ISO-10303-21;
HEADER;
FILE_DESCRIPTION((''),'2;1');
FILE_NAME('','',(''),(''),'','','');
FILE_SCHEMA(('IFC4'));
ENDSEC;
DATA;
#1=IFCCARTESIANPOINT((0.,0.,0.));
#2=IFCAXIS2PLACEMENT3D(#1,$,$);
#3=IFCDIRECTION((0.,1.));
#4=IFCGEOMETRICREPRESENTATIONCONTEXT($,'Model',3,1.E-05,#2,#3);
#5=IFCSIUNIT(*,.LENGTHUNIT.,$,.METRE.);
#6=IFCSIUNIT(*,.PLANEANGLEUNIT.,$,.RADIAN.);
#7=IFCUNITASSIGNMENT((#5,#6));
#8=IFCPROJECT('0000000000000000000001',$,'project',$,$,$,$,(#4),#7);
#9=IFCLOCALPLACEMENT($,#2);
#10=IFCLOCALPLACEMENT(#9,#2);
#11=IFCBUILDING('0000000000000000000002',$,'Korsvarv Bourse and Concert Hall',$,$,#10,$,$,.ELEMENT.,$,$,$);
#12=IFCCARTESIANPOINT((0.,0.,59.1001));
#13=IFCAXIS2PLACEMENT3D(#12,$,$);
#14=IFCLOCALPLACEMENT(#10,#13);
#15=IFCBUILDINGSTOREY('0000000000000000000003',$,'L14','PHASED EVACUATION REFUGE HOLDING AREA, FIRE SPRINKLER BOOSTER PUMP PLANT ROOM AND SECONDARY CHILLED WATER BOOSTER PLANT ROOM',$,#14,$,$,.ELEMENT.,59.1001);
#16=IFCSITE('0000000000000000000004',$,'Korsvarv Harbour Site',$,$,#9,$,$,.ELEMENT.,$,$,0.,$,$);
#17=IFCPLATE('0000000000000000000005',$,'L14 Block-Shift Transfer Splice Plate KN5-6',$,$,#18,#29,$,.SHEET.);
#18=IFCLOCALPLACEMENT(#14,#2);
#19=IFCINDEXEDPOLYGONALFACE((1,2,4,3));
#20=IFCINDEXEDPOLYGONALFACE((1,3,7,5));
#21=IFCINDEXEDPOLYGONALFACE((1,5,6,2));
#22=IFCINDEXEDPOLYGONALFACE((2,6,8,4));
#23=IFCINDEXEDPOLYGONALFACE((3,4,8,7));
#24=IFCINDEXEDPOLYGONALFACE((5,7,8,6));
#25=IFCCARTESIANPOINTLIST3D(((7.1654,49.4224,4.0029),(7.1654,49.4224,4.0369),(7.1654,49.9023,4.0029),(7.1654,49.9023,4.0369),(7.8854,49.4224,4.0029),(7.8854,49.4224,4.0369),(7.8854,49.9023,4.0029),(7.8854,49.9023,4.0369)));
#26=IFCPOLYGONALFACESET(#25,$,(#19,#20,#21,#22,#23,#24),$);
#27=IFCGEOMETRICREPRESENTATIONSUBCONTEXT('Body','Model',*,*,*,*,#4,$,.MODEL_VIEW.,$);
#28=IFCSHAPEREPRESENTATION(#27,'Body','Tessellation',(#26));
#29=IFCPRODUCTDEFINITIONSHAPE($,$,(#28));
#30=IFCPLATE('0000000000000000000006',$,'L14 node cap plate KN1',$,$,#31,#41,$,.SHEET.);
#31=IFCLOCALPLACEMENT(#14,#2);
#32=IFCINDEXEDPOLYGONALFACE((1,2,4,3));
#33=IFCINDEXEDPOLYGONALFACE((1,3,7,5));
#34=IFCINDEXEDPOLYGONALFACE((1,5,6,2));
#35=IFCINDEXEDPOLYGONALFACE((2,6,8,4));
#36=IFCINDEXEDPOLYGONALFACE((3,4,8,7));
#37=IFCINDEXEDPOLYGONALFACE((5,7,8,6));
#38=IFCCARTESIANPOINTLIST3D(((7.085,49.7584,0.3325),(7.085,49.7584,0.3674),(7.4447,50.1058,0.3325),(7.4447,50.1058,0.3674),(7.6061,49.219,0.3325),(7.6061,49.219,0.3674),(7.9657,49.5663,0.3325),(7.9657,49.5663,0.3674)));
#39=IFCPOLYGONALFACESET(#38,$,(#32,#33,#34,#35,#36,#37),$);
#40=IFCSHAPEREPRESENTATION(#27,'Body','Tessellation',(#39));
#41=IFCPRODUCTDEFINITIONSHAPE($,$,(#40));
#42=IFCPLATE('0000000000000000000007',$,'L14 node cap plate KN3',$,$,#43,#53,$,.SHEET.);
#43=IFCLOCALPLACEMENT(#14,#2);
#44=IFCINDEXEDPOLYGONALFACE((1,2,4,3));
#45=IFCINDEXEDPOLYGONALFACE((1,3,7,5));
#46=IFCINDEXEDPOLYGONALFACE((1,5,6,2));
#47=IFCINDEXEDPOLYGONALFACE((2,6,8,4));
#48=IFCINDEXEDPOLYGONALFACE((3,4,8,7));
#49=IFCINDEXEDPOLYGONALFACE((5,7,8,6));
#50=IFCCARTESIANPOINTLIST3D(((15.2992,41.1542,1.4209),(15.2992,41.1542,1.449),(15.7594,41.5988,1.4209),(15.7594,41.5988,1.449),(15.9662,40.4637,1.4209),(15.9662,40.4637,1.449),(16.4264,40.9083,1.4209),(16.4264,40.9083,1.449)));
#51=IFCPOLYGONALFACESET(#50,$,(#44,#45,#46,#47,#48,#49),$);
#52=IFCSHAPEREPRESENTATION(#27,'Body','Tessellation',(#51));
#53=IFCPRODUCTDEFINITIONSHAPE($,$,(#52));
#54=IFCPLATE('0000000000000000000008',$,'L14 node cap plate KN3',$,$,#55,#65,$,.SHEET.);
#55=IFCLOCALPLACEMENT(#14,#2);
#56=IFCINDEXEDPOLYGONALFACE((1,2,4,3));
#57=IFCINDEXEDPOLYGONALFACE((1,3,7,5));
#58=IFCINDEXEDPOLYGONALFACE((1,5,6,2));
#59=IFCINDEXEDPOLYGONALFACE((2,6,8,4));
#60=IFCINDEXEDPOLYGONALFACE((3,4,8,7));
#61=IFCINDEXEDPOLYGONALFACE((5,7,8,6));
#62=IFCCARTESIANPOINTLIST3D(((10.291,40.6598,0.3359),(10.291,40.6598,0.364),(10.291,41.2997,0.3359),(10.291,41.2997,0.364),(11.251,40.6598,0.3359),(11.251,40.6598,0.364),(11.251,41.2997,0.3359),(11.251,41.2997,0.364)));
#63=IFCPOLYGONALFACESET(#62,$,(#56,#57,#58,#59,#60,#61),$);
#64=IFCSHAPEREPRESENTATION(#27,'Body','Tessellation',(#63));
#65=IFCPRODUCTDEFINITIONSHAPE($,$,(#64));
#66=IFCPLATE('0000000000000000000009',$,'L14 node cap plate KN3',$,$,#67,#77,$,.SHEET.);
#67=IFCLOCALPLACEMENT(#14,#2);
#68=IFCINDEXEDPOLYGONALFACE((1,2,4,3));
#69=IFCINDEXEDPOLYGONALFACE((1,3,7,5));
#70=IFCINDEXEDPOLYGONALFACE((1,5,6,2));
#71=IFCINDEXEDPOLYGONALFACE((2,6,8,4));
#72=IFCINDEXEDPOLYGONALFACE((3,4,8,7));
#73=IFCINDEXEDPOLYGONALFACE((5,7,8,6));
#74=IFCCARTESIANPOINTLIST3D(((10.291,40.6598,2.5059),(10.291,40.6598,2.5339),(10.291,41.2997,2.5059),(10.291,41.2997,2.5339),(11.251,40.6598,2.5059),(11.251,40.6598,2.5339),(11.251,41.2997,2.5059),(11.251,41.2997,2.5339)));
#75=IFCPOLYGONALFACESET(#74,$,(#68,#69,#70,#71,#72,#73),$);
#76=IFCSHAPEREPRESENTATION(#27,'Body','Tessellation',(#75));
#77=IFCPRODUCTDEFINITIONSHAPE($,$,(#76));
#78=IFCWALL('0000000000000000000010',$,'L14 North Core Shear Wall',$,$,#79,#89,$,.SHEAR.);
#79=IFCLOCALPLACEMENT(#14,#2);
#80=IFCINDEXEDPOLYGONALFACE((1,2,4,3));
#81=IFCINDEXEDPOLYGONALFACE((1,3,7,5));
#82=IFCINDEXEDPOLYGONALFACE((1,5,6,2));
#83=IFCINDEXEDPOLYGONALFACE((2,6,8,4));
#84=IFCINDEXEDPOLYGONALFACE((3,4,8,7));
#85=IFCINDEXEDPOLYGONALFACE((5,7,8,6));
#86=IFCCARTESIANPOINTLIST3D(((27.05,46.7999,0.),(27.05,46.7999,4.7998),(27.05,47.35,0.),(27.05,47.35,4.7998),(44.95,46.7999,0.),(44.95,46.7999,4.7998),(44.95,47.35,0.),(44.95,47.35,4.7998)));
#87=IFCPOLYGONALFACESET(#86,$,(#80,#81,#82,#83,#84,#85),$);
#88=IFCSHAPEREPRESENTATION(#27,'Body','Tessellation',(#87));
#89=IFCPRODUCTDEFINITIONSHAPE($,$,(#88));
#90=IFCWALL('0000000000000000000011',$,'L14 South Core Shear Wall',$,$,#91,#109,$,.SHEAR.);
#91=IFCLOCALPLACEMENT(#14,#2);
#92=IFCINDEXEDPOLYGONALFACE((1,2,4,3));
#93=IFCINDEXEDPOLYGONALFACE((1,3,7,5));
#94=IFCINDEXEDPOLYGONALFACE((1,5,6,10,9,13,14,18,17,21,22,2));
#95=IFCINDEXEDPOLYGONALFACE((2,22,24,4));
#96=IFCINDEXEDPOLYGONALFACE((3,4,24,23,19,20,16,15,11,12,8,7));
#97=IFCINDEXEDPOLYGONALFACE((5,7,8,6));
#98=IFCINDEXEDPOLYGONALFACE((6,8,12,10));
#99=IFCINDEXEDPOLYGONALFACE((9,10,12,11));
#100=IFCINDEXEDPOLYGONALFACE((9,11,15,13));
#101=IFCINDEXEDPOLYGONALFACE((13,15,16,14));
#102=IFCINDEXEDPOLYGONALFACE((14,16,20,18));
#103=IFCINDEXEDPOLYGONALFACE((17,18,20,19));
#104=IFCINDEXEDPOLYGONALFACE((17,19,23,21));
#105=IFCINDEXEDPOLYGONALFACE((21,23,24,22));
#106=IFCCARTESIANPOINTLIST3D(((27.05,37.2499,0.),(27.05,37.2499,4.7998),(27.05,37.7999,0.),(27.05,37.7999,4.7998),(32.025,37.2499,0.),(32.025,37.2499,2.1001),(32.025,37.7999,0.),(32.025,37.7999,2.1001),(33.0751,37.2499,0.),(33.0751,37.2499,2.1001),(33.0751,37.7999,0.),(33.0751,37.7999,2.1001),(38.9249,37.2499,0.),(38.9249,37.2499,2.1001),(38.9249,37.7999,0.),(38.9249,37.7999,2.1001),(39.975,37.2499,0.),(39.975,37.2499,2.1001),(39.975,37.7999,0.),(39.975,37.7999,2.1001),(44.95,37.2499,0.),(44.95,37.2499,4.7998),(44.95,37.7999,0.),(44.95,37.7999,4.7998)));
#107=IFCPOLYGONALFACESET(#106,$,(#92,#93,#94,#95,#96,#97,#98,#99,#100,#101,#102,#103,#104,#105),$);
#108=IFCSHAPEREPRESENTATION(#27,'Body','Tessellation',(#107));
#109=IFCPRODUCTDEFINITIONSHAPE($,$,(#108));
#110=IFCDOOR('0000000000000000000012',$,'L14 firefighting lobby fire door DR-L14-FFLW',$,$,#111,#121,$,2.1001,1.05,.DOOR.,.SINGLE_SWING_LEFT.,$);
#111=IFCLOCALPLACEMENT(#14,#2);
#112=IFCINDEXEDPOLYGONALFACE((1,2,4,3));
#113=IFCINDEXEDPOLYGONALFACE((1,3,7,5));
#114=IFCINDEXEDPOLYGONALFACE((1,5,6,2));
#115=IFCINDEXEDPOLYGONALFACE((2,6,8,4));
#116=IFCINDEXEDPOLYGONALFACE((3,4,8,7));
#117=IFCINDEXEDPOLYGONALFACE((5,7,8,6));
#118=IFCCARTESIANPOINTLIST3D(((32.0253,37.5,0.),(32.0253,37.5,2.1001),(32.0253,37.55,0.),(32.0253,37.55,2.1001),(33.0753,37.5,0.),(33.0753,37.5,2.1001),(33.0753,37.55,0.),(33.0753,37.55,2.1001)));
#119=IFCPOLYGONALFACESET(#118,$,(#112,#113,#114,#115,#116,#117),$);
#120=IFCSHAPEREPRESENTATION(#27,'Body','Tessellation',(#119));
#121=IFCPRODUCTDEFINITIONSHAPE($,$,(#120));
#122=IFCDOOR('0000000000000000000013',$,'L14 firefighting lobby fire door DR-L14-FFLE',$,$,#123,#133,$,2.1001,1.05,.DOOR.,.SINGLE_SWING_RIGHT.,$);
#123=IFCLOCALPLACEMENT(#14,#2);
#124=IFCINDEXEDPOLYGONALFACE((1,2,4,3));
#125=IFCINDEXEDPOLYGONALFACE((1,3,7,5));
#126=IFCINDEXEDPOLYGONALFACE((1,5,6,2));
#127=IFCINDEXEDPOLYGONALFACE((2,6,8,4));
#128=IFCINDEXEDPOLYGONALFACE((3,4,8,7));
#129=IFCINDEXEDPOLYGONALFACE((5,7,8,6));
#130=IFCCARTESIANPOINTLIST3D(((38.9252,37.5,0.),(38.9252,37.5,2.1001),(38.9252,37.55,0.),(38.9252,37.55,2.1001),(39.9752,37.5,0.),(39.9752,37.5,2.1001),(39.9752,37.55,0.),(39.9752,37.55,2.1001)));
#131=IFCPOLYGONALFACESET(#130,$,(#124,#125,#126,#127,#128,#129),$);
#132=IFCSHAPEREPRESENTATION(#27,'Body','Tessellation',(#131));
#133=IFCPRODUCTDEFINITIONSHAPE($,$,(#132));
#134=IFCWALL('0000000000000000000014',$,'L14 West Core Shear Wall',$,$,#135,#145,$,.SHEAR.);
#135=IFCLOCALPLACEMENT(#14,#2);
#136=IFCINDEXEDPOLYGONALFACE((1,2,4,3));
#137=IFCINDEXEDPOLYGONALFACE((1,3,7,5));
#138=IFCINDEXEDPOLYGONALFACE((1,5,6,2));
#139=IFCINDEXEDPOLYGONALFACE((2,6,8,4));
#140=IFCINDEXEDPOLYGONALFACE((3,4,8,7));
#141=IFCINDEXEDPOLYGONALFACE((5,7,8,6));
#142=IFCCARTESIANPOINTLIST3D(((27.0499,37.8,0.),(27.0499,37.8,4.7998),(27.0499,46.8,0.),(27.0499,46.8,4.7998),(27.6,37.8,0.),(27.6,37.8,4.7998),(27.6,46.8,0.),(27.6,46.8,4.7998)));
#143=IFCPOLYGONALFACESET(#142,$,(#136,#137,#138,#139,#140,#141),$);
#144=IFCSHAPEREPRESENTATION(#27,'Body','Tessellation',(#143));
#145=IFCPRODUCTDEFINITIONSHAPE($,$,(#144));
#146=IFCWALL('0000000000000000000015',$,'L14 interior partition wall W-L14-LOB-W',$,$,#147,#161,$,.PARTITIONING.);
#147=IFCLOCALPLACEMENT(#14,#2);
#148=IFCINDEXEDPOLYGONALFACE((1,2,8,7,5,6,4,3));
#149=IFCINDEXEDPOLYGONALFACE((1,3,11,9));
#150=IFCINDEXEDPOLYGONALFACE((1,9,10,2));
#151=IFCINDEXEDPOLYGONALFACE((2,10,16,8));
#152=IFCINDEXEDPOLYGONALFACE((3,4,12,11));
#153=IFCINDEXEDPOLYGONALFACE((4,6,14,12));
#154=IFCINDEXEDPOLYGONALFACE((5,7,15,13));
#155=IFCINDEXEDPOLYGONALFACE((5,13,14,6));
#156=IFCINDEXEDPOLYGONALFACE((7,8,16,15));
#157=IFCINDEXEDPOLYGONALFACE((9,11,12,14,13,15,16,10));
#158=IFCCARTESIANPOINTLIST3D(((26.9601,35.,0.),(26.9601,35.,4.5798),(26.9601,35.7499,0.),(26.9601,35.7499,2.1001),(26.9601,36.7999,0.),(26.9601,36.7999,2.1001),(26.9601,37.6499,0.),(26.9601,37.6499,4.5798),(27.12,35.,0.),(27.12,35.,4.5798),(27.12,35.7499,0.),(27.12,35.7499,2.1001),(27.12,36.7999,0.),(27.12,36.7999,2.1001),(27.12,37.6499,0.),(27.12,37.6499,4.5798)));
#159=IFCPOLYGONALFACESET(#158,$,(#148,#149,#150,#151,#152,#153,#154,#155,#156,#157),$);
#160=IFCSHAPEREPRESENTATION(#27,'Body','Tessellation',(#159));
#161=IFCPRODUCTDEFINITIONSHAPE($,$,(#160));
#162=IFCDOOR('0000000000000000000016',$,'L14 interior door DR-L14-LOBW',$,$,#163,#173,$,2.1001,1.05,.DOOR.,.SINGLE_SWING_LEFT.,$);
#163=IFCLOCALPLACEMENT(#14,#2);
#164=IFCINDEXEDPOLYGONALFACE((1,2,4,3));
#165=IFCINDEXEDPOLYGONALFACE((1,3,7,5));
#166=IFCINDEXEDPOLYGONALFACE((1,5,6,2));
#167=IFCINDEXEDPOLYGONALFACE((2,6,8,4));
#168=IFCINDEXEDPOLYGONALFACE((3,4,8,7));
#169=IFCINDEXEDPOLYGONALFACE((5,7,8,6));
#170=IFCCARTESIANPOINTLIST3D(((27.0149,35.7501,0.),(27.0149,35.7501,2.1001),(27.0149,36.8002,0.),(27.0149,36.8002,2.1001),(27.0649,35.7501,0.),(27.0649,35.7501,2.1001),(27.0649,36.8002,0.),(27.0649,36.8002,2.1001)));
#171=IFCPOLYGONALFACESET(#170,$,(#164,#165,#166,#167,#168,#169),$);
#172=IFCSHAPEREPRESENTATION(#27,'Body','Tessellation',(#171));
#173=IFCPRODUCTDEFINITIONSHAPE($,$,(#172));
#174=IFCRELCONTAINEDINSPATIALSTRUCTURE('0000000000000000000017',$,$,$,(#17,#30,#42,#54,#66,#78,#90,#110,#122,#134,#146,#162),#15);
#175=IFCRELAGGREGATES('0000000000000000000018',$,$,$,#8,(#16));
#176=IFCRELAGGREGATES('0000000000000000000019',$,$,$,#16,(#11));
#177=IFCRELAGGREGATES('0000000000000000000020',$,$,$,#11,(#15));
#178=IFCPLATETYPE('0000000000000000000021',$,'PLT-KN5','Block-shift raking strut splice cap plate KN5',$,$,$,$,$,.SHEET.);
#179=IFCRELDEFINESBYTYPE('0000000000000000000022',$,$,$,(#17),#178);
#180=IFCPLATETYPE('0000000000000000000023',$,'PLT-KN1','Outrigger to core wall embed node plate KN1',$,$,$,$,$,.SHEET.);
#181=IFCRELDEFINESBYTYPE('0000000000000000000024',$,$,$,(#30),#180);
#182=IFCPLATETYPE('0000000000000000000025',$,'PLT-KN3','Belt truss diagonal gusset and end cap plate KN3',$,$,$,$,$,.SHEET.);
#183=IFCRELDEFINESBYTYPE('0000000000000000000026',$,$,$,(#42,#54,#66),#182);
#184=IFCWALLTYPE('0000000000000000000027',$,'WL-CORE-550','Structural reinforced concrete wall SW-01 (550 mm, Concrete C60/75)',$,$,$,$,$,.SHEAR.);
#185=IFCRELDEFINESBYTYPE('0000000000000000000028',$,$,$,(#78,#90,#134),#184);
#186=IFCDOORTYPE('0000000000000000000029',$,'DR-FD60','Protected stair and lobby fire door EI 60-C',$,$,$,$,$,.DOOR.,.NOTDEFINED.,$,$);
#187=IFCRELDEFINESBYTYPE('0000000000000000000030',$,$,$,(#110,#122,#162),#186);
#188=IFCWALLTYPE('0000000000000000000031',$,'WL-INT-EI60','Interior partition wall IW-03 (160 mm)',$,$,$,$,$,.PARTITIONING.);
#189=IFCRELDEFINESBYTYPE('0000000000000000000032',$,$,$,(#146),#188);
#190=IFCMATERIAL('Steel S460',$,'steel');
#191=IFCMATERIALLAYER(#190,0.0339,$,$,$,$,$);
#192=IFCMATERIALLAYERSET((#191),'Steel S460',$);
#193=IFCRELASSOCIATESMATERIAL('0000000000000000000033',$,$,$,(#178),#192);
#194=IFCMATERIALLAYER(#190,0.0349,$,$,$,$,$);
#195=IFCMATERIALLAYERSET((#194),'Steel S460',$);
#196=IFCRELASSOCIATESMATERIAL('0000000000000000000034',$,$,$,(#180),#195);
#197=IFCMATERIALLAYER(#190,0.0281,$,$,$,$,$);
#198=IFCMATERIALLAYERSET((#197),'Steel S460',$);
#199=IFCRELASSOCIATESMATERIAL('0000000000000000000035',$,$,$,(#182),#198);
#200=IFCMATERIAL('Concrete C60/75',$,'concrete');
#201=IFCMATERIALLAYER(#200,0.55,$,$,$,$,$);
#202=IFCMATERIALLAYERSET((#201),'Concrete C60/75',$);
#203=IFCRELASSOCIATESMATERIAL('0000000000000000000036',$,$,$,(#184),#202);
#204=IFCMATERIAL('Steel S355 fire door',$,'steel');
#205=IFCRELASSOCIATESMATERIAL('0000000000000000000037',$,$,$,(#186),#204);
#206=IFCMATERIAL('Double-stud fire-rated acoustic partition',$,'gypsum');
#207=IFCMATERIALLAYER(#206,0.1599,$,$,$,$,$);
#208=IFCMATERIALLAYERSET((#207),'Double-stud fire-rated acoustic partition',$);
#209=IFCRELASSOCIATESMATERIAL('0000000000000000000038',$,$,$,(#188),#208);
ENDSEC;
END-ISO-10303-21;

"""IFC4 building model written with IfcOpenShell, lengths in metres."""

from ifc_helpers import new_model, si_unit, direction, frame, frame_2d, origin, origin_2d, place, context, subcontext, project, spatial, rectangle, extrude, source, transform, mapped, material, layer, layer_set, type_object, element, fill, save


model = new_model("IFC4")

# Units and contexts
model_context = context("Model", 3, precision=1e-05, world=origin(), true_north=direction((0.0, 1.0)))
body_context = subcontext(model_context, "Body", "Model", "MODEL_VIEW")
ifc_project = project(units=[si_unit("LENGTHUNIT", "METRE"), si_unit("PLANEANGLEUNIT", "RADIAN")], contexts=[model_context])

# Site, building, storey
site_placement = place(None, origin())
site = spatial("IfcSite", under=ifc_project, at=site_placement, Name="Korsvarv Harbour Site", CompositionType="ELEMENT", RefElevation=0.0)
building_placement = place(site_placement, origin())
building = spatial("IfcBuilding", under=site, at=building_placement, Name="Korsvarv Bourse and Concert Hall", CompositionType="ELEMENT")
storey_placement = place(building_placement, frame((0.0, 0.0, 59.1001)))
storey = spatial("IfcBuildingStorey", under=building, at=storey_placement, Name="L14", Description="PHASED EVACUATION REFUGE HOLDING AREA, FIRE SPRINKLER BOOSTER PUMP PLANT ROOM AND SECONDARY CHILLED WATER BOOSTER PLANT ROOM", CompositionType="ELEMENT", Elevation=59.1001)

# Shared definitions
ifc_material_1 = material(Name="Concrete C60/75", Category="concrete")
ifc_material_2 = material(Name="Steel S460", Category="steel")

# Plates
ifc_layer_1 = layer(ifc_material_2, 0.0339)
ifc_layer_set_1 = layer_set([ifc_layer_1], Name="Steel S460")
plate_type_1 = type_object("IfcPlateType", Name="PLT-KN5", Description="Block-shift raking strut splice cap plate KN5", PredefinedType="SHEET", material=ifc_layer_set_1)
shared_shape_1 = source(origin(), body_context, "Body", "SweptSolid", [
    extrude(rectangle(XDim=0.72, YDim=0.48, at=origin_2d()), origin(), (0.0, 0.0, 1.0), 0.0339),
])
plate_1_placement = place(storey_placement, frame((7.5254, 49.6624, 4.0029), z_axis=(0.0, 0.0, 1.0), x_axis=(1.0, 0.0, 0.0)))
element("IfcPlate", 1, at=plate_1_placement, inside=storey, type_object=plate_type_1, Name="L14 Block-Shift Transfer Splice Plate KN5-6", PredefinedType="SHEET", context=body_context, shape_type="MappedRepresentation", body=[
    mapped(shared_shape_1, transform((0.0, 0.0, 0.0), scale=1.0)),
])
ifc_layer_2 = layer(ifc_material_2, 0.0349)
ifc_layer_set_2 = layer_set([ifc_layer_2], Name="Steel S460")
plate_type_2 = type_object("IfcPlateType", Name="PLT-KN1", Description="Outrigger to core wall embed node plate KN1", PredefinedType="SHEET", material=ifc_layer_set_2)
shared_shape_2 = source(origin(), body_context, "Body", "SweptSolid", [
    extrude(rectangle(XDim=0.75, YDim=0.5, at=origin_2d()), origin(), (0.0, 0.0, 1.0), 0.0349),
])
plate_2_placement = place(storey_placement, frame((7.5254, 49.6624, 0.3325), z_axis=(0.0, 0.0, 1.0), x_axis=(-0.694784, 0.719219, 0.0)))
element("IfcPlate", 2, at=plate_2_placement, inside=storey, type_object=plate_type_2, Name="L14 node cap plate KN1", PredefinedType="SHEET", context=body_context, shape_type="MappedRepresentation", body=[
    mapped(shared_shape_2, transform((0.0, 0.0, 0.0), scale=1.0)),
])
ifc_layer_3 = layer(ifc_material_2, 0.0281)
ifc_layer_set_3 = layer_set([ifc_layer_3], Name="Steel S460")
plate_type_3 = type_object("IfcPlateType", Name="PLT-KN3", Description="Belt truss diagonal gusset and end cap plate KN3", PredefinedType="SHEET", material=ifc_layer_set_3)
shared_shape_3 = source(origin(), body_context, "Body", "SweptSolid", [
    extrude(rectangle(XDim=0.96, YDim=0.6399, at=origin_2d()), origin(), (0.0, 0.0, 1.0), 0.0281),
])
for number, where, z_axis, x_axis, name in (
    (3, (15.8628, 41.0312, 1.4209), (0.0, 0.0, 1.0), (-0.694784, 0.719219, 0.0), "L14 node cap plate KN3"),
    (4, (10.771, 40.9797, 0.3359), (0.0, 0.0, 1.0), (1.0, 0.0, 0.0), "L14 node cap plate KN3"),
    (5, (10.771, 40.9797, 2.5059), (0.0, 0.0, 1.0), (1.0, 0.0, 0.0), "L14 node cap plate KN3"),
):
    element("IfcPlate", number, at=place(storey_placement, frame(where, z_axis=z_axis, x_axis=x_axis)), inside=storey, type_object=plate_type_3, Name=name, PredefinedType="SHEET", context=body_context, shape_type="MappedRepresentation", body=[
        mapped(shared_shape_3, transform((0.0, 0.0, 0.0), scale=1.0)),
    ])

# Wall
ifc_layer_4 = layer(ifc_material_1, 0.55)
ifc_layer_set_4 = layer_set([ifc_layer_4], Name="Concrete C60/75")
wall_type_1 = type_object("IfcWallType", Name="WL-CORE-550", Description="Structural reinforced concrete wall SW-01 (550 mm, Concrete C60/75)", PredefinedType="SHEAR", material=ifc_layer_set_4)
wall_1_placement = place(storey_placement, frame((27.05, 47.075, 0.0), z_axis=(0.0, 0.0, 1.0), x_axis=(1.0, 0.0, 0.0)))
element("IfcWall", 6, at=wall_1_placement, inside=storey, type_object=wall_type_1, Name="L14 North Core Shear Wall", PredefinedType="SHEAR", context=body_context, shape_type="SweptSolid", body=[
    extrude(rectangle(XDim=17.8999, YDim=0.55, at=frame_2d((8.95, 0.0))), origin(), (0.0, 0.0, 1.0), 4.7998),
])

# Wall, openings, doors
wall_2_placement = place(storey_placement, frame((27.05, 37.5249, 0.0), z_axis=(0.0, 0.0, 1.0), x_axis=(1.0, 0.0, 0.0)))
wall_2 = element("IfcWall", 7, at=wall_2_placement, inside=storey, type_object=wall_type_1, Name="L14 South Core Shear Wall", PredefinedType="SHEAR", context=body_context, shape_type="SweptSolid", body=[
    extrude(rectangle(XDim=17.8999, YDim=0.55, at=frame_2d((8.95, 0.0))), origin(), (0.0, 0.0, 1.0), 4.7998),
])
opening_1_placement = place(wall_2_placement, frame((4.9751, 0.0, 0.0)))
opening_1 = element("IfcOpeningElement", 8, at=opening_1_placement, cuts=wall_2, PredefinedType="OPENING", context=body_context, shape_type="SweptSolid", body=[
    extrude(rectangle(XDim=1.05, YDim=2.1001, at=frame_2d((0.5249, 1.05))), frame((0.0, 0.2852, 0.0), z_axis=(0.0, -1.0, 0.0), x_axis=(1.0, 0.0, 0.0)), (0.0, 0.0, 1.0), 0.5701),
])
opening_2_placement = place(wall_2_placement, frame((11.875, 0.0, 0.0)))
opening_2 = element("IfcOpeningElement", 9, at=opening_2_placement, cuts=wall_2, PredefinedType="OPENING", context=body_context, shape_type="SweptSolid", body=[
    extrude(rectangle(XDim=1.05, YDim=2.1001, at=frame_2d((0.5249, 1.05))), frame((0.0, 0.2852, 0.0), z_axis=(0.0, -1.0, 0.0), x_axis=(1.0, 0.0, 0.0)), (0.0, 0.0, 1.0), 0.5701),
])
ifc_material_3 = material(Name="Steel S355 fire door", Category="steel")
door_type_1 = type_object("IfcDoorType", Name="DR-FD60", Description="Protected stair and lobby fire door EI 60-C", OperationType="NOTDEFINED", PredefinedType="DOOR", material=ifc_material_3)
door_1_placement = place(opening_1_placement, frame((1.05, 0.0, 0.0), z_axis=(0.0, 0.0, 1.0), x_axis=(-1.0, 0.0, 0.0)))
door_1 = element("IfcDoor", 10, at=door_1_placement, inside=storey, type_object=door_type_1, Name="L14 firefighting lobby fire door DR-L14-FFLW", OperationType="SINGLE_SWING_LEFT", OverallHeight=2.1001, OverallWidth=1.05, PredefinedType="DOOR", context=body_context, shape_type="SweptSolid", body=[
    extrude(rectangle(XDim=1.05, YDim=2.1001, at=frame_2d((0.5249, 1.05))), frame((0.0, 0.0249, 0.0), z_axis=(0.0, -1.0, 0.0), x_axis=(1.0, 0.0, 0.0)), (0.0, 0.0, 1.0), 0.05),
])
fill(opening_1, door_1)
door_2_placement = place(opening_2_placement, frame((1.05, 0.0, 0.0), z_axis=(0.0, 0.0, 1.0), x_axis=(-1.0, 0.0, 0.0)))
door_2 = element("IfcDoor", 11, at=door_2_placement, inside=storey, type_object=door_type_1, Name="L14 firefighting lobby fire door DR-L14-FFLE", OperationType="SINGLE_SWING_RIGHT", OverallHeight=2.1001, OverallWidth=1.05, PredefinedType="DOOR", context=body_context, shape_type="SweptSolid", body=[
    extrude(rectangle(XDim=1.05, YDim=2.1001, at=frame_2d((0.5249, 1.05))), frame((0.0, 0.0249, 0.0), z_axis=(0.0, -1.0, 0.0), x_axis=(1.0, 0.0, 0.0)), (0.0, 0.0, 1.0), 0.05),
])
fill(opening_2, door_2)

# Wall
wall_3_placement = place(storey_placement, frame((27.325, 37.8, 0.0), z_axis=(0.0, 0.0, 1.0), x_axis=(0.0, 1.0, 0.0)))
element("IfcWall", 12, at=wall_3_placement, inside=storey, type_object=wall_type_1, Name="L14 West Core Shear Wall", PredefinedType="SHEAR", context=body_context, shape_type="SweptSolid", body=[
    extrude(rectangle(XDim=9.0, YDim=0.55, at=frame_2d((4.5, 0.0))), origin(), (0.0, 0.0, 1.0), 4.7998),
])

# Wall, opening, door
ifc_material_4 = material(Name="Double-stud fire-rated acoustic partition", Category="gypsum")
ifc_layer_5 = layer(ifc_material_4, 0.1599)
ifc_layer_set_5 = layer_set([ifc_layer_5], Name="Double-stud fire-rated acoustic partition")
wall_type_2 = type_object("IfcWallType", Name="WL-INT-EI60", Description="Interior partition wall IW-03 (160 mm)", PredefinedType="PARTITIONING", material=ifc_layer_set_5)
wall_4_placement = place(storey_placement, frame((27.04, 35.0, 0.0), z_axis=(0.0, 0.0, 1.0), x_axis=(0.0, 1.0, 0.0)))
wall_4 = element("IfcWall", 13, at=wall_4_placement, inside=storey, type_object=wall_type_2, Name="L14 interior partition wall W-L14-LOB-W", PredefinedType="PARTITIONING", context=body_context, shape_type="SweptSolid", body=[
    extrude(rectangle(XDim=2.6499, YDim=0.1599, at=frame_2d((1.325, 0.0))), origin(), (0.0, 0.0, 1.0), 4.5798),
])
opening_3_placement = place(wall_4_placement, frame((0.75, 0.0, 0.0)))
opening_3 = element("IfcOpeningElement", 14, at=opening_3_placement, cuts=wall_4, PredefinedType="OPENING", context=body_context, shape_type="SweptSolid", body=[
    extrude(rectangle(XDim=1.05, YDim=2.1001, at=frame_2d((0.5249, 1.05))), frame((0.0, 0.0898, 0.0), z_axis=(0.0, -1.0, 0.0), x_axis=(1.0, 0.0, 0.0)), (0.0, 0.0, 1.0), 0.1799),
])
door_3_placement = place(opening_3_placement, frame((1.05, 0.0, 0.0), z_axis=(0.0, 0.0, 1.0), x_axis=(-1.0, 0.0, 0.0)))
door_3 = element("IfcDoor", 15, at=door_3_placement, inside=storey, type_object=door_type_1, Name="L14 interior door DR-L14-LOBW", OperationType="SINGLE_SWING_LEFT", OverallHeight=2.1001, OverallWidth=1.05, PredefinedType="DOOR", context=body_context, shape_type="SweptSolid", body=[
    extrude(rectangle(XDim=1.05, YDim=2.1001, at=frame_2d((0.5249, 1.05))), frame((0.0, 0.0249, 0.0), z_axis=(0.0, -1.0, 0.0), x_axis=(1.0, 0.0, 0.0)), (0.0, 0.0, 1.0), 0.05),
])
fill(opening_3, door_3)

save(model, "model.ifc")
